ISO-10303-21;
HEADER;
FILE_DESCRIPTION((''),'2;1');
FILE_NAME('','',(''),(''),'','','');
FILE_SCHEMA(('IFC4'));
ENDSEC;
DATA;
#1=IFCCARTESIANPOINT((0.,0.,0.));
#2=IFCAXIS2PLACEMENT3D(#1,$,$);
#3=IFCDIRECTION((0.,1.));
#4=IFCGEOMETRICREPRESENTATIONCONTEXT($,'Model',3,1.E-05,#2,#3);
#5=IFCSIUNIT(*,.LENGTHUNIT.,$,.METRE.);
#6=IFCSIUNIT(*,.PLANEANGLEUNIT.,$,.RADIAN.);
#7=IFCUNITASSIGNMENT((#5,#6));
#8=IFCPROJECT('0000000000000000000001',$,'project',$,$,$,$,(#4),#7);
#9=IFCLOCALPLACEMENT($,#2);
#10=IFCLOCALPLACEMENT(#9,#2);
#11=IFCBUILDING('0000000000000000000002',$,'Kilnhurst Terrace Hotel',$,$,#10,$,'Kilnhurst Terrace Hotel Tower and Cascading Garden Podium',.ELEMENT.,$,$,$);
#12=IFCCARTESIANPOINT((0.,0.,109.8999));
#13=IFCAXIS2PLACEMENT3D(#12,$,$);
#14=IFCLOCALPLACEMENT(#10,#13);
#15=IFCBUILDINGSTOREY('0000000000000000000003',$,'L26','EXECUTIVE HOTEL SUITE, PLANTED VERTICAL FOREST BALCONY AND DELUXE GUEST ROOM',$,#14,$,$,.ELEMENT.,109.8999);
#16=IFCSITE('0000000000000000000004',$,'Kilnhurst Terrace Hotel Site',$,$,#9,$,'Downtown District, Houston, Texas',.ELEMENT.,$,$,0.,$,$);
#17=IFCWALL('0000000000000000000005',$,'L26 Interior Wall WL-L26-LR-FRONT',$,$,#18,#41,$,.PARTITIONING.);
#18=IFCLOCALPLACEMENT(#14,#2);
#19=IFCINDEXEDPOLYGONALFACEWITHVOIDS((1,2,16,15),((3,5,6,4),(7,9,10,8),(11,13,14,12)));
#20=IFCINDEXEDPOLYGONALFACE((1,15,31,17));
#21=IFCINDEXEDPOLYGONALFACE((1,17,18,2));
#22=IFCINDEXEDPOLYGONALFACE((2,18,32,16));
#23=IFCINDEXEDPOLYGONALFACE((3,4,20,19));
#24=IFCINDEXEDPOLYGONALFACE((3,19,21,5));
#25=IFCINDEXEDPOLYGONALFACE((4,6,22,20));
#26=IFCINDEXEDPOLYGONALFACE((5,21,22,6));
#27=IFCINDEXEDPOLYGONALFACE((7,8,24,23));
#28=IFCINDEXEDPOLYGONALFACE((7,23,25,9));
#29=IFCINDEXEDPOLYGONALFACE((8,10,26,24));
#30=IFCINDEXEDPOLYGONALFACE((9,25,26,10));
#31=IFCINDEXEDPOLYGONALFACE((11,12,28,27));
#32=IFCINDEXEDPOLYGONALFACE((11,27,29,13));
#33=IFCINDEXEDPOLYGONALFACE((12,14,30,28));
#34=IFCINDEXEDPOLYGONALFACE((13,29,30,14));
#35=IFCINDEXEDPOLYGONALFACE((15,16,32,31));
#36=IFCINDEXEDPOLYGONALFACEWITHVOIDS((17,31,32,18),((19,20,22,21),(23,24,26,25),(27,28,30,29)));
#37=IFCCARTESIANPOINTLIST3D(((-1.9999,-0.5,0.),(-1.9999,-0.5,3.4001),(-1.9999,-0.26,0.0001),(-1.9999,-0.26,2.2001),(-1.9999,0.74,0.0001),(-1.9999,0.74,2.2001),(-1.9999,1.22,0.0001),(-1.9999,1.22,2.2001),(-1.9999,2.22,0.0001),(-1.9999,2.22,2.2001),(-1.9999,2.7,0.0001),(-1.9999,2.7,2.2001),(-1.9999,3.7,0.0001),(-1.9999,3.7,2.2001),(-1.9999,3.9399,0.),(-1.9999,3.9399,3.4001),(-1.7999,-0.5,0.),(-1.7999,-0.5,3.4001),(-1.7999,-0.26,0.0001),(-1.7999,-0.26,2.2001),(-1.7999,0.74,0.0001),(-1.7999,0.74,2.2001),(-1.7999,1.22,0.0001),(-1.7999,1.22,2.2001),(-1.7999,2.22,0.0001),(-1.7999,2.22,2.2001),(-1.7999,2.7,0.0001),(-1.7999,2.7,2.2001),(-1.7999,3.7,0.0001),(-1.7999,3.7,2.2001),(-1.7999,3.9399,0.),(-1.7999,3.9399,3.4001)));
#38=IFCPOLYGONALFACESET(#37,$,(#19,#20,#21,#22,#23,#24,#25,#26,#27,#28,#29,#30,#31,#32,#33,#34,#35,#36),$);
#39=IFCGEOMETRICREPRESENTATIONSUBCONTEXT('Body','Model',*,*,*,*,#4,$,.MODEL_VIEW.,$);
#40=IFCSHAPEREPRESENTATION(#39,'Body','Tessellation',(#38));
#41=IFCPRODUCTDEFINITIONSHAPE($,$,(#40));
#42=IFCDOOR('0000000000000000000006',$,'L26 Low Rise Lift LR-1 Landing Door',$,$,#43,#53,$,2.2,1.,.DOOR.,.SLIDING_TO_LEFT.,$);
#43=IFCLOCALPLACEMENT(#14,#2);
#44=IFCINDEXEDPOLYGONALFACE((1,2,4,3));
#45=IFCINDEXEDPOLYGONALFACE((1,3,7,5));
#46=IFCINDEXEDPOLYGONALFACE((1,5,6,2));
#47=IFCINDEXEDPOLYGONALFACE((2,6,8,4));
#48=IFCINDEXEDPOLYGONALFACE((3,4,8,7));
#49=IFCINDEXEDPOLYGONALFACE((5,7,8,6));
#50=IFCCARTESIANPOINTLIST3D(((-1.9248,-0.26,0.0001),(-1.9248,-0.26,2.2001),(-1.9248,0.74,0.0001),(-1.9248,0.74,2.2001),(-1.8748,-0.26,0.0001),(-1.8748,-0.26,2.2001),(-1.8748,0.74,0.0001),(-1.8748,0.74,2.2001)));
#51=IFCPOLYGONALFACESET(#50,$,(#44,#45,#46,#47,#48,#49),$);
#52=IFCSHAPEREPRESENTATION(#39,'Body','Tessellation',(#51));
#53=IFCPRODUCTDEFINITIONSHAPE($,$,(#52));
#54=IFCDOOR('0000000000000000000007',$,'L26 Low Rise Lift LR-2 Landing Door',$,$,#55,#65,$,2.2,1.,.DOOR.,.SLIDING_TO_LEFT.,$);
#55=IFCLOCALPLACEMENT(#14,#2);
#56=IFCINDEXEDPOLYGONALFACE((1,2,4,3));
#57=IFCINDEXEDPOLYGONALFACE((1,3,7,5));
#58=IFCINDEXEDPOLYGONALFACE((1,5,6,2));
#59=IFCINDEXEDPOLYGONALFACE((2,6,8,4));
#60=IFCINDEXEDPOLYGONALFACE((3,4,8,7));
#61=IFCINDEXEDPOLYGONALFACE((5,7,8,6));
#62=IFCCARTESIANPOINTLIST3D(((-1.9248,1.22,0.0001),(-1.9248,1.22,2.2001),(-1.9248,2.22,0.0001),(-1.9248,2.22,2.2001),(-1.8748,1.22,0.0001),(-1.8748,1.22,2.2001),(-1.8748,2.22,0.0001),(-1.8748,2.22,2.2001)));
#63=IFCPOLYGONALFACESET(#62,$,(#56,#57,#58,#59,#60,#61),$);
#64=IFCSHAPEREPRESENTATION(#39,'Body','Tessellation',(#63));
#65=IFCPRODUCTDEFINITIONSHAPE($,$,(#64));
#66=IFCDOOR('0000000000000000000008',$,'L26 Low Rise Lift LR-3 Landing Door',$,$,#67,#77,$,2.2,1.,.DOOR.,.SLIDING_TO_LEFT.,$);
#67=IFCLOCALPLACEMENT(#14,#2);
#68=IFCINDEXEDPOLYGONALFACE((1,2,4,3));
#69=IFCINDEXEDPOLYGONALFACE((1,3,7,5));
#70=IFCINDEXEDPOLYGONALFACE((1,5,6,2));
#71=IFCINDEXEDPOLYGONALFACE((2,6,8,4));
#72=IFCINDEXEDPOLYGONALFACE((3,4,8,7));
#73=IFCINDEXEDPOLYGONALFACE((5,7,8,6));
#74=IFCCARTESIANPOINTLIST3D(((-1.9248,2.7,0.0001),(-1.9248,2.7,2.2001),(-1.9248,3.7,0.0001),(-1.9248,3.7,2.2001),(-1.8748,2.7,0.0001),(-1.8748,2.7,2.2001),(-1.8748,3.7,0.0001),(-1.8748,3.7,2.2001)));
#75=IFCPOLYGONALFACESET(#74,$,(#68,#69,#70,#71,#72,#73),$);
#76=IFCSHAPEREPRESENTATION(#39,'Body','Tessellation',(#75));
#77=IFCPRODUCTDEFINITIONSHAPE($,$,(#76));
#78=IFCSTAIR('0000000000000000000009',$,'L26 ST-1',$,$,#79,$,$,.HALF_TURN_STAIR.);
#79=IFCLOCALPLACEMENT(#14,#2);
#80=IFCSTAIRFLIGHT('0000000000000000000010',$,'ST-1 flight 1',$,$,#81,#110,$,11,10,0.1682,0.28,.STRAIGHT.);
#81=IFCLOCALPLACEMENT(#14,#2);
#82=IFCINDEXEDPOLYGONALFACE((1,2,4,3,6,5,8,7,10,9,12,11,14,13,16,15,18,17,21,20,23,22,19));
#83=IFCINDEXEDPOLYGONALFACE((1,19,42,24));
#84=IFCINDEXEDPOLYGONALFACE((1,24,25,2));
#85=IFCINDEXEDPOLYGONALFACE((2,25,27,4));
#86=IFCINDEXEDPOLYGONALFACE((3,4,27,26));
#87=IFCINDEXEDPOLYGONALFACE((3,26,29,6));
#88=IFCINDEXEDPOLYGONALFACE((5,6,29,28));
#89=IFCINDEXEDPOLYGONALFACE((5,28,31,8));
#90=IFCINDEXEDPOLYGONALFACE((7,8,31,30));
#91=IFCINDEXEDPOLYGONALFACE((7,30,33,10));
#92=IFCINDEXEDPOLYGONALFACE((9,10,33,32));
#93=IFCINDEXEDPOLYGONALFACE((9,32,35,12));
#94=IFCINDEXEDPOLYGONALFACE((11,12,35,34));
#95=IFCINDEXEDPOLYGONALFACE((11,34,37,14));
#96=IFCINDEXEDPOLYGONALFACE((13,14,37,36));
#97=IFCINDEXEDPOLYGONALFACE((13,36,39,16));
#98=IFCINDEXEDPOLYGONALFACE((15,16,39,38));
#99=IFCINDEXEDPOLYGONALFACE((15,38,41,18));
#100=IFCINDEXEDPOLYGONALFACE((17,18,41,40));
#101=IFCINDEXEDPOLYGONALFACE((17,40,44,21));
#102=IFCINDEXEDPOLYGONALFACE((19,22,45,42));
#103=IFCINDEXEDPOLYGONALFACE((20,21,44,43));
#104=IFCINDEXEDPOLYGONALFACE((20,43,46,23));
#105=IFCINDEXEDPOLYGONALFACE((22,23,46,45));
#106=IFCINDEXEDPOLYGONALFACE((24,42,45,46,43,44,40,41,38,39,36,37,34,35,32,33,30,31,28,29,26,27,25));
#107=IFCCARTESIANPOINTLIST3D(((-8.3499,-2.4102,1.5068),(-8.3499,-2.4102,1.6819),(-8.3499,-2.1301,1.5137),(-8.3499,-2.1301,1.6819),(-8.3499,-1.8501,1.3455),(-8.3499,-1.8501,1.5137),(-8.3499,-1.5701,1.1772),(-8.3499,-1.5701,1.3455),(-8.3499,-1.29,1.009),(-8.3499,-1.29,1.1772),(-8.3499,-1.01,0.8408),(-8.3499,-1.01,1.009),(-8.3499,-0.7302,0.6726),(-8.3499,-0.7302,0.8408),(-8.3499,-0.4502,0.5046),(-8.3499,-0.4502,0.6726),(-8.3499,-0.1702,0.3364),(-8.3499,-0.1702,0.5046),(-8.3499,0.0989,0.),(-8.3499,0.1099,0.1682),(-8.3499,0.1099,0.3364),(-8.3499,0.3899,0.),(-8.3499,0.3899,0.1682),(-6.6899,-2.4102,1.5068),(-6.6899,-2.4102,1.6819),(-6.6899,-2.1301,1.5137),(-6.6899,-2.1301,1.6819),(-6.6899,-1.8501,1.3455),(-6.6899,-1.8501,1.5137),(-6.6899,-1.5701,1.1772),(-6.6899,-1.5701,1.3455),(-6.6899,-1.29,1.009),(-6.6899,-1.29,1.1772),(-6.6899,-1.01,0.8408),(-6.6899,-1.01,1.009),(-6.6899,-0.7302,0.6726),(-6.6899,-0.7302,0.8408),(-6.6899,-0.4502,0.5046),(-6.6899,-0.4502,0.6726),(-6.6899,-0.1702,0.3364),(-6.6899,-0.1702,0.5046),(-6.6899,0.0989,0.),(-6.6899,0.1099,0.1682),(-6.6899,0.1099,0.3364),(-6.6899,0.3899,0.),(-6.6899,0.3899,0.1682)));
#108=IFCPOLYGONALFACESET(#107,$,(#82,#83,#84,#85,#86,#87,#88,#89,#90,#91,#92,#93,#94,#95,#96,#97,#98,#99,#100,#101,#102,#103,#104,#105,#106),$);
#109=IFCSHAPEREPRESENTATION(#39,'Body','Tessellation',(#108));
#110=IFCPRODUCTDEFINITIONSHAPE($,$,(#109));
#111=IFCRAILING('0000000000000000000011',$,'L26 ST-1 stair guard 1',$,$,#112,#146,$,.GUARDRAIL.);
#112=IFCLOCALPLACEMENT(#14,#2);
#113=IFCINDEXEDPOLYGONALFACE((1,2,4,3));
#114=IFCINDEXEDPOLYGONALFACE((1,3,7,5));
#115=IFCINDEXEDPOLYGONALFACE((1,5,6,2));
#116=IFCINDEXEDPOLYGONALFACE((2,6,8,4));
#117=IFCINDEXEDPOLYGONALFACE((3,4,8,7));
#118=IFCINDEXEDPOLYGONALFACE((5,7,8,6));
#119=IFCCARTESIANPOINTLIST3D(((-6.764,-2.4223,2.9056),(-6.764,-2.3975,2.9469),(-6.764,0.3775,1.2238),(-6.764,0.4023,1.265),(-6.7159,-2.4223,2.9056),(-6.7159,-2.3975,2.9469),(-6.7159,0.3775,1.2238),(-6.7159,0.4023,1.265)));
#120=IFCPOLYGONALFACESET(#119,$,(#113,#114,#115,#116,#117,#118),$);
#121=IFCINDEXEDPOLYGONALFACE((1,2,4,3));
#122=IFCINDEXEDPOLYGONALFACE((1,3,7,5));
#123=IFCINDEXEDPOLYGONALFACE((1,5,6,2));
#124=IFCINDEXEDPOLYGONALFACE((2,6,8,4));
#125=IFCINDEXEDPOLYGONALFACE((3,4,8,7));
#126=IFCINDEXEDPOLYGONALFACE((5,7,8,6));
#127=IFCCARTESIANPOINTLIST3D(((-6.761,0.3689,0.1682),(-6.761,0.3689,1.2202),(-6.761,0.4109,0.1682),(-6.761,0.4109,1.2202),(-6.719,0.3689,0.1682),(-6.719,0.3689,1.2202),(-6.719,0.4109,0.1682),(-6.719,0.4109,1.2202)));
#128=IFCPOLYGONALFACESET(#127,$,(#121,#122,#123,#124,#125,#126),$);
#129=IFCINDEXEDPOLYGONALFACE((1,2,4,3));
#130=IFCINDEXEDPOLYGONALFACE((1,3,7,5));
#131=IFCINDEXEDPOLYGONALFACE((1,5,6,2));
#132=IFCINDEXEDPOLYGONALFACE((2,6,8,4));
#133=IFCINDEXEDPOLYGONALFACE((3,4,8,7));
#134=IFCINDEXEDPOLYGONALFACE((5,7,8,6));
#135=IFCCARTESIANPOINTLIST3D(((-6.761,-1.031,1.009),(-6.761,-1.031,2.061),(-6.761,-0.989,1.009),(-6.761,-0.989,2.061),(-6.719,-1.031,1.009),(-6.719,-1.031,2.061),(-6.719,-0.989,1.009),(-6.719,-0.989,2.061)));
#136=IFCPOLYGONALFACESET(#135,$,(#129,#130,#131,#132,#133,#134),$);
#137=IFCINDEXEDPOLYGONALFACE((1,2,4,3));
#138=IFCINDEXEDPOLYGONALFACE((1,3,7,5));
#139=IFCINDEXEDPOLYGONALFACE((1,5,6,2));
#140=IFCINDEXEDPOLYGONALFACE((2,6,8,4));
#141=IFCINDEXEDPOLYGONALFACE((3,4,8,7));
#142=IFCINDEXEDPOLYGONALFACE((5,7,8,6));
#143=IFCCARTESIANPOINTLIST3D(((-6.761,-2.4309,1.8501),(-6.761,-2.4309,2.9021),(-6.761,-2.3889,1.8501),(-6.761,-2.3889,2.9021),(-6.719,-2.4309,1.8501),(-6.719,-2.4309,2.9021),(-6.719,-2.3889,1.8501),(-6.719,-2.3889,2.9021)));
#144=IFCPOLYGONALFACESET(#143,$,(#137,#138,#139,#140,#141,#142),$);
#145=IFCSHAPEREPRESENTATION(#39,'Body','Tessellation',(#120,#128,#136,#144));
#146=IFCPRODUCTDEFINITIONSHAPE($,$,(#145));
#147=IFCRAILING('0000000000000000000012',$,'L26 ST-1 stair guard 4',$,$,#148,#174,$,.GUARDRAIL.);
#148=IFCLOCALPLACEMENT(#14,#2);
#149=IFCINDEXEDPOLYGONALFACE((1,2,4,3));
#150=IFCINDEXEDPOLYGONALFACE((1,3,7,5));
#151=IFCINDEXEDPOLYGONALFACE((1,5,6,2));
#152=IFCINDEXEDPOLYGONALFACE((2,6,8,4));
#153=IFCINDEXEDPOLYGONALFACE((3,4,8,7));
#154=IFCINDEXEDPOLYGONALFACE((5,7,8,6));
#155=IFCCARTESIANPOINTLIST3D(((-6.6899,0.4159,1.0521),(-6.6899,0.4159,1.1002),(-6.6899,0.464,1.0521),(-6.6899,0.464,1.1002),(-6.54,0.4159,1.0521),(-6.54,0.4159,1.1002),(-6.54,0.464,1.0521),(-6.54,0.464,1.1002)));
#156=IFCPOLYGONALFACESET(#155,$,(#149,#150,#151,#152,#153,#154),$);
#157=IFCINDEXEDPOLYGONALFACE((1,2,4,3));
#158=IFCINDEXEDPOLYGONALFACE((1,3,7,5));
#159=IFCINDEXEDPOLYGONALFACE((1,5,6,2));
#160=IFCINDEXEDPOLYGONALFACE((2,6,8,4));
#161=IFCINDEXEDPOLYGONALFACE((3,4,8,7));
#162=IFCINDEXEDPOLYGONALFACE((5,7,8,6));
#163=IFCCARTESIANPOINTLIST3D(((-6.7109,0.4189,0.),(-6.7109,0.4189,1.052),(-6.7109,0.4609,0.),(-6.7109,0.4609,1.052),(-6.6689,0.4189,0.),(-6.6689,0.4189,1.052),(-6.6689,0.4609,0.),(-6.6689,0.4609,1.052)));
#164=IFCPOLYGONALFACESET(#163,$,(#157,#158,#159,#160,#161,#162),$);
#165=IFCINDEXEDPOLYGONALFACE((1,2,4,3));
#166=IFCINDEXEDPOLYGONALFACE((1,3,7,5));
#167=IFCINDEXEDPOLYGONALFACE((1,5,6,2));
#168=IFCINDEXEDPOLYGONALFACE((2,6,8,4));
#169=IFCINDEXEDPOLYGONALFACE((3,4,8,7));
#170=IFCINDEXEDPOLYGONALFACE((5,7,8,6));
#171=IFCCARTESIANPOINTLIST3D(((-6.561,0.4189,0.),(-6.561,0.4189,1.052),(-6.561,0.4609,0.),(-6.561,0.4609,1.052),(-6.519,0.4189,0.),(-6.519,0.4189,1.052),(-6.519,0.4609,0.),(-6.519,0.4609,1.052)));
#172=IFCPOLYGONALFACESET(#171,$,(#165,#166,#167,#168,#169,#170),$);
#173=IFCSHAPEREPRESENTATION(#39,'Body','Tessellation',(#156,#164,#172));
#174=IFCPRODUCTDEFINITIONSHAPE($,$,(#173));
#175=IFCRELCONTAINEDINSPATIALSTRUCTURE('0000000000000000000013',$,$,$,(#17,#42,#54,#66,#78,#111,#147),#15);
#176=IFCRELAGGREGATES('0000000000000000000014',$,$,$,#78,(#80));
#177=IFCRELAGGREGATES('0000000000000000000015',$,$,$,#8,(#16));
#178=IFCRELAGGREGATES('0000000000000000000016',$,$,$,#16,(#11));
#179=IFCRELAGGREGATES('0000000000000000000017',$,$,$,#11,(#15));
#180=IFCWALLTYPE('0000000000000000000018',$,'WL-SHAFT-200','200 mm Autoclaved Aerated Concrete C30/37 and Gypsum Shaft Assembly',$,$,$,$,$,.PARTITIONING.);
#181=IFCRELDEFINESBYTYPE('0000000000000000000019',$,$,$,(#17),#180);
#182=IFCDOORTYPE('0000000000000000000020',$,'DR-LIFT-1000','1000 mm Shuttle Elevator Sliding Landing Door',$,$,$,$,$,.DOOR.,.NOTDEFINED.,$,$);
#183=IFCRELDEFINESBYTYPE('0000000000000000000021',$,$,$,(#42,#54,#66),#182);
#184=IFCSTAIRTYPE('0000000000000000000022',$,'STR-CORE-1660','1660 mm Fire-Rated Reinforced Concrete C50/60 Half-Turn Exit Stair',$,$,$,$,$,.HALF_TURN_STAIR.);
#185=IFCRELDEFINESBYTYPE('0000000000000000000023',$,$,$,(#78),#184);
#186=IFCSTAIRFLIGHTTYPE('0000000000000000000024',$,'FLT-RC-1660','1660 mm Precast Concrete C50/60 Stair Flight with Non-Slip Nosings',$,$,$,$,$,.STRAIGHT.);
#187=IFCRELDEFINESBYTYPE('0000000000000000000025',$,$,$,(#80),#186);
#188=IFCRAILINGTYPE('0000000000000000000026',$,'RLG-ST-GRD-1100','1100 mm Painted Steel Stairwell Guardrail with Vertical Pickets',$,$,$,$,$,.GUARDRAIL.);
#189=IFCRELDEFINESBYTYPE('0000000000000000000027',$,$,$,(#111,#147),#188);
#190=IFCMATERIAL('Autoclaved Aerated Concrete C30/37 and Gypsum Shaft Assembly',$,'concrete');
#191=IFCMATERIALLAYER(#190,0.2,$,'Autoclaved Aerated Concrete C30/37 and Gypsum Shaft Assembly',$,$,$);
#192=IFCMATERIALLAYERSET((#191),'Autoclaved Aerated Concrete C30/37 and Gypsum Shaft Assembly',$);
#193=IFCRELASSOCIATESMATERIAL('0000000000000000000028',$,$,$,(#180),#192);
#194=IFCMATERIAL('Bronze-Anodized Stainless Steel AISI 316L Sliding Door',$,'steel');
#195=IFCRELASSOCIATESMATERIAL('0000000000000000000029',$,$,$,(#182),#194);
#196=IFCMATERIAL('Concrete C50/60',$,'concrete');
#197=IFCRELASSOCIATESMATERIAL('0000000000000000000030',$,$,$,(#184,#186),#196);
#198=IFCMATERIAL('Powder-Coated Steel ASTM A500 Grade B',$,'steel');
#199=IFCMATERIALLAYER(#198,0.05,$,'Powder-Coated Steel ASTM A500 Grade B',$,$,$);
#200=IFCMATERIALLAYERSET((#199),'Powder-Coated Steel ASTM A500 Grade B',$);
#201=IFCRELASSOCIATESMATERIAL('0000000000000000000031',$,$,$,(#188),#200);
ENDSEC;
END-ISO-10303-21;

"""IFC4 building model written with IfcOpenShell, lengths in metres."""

from ifc_helpers import new_model, si_unit, direction, frame, frame_2d, origin, origin_2d, place, context, subcontext, project, spatial, polyline, rectangle, outline, extrude, material, layer, layer_set, type_object, element, fill, aggregate, save


model = new_model("IFC4")

# Units and contexts
model_context = context("Model", 3, precision=1e-05, world=origin(), true_north=direction((0.0, 1.0)))
body_context = subcontext(model_context, "Body", "Model", "MODEL_VIEW")
ifc_project = project(units=[si_unit("LENGTHUNIT", "METRE"), si_unit("PLANEANGLEUNIT", "RADIAN")], contexts=[model_context])

# Site, building, storey
site_placement = place(None, origin())
site = spatial("IfcSite", under=ifc_project, at=site_placement, Name="Kilnhurst Terrace Hotel Site", LongName="Downtown District, Houston, Texas", CompositionType="ELEMENT", RefElevation=0.0)
building_placement = place(site_placement, origin())
building = spatial("IfcBuilding", under=site, at=building_placement, Name="Kilnhurst Terrace Hotel", LongName="Kilnhurst Terrace Hotel Tower and Cascading Garden Podium", CompositionType="ELEMENT")
storey_placement = place(building_placement, frame((0.0, 0.0, 109.8999)))
storey = spatial("IfcBuildingStorey", under=building, at=storey_placement, Name="L26", Description="EXECUTIVE HOTEL SUITE, PLANTED VERTICAL FOREST BALCONY AND DELUXE GUEST ROOM", CompositionType="ELEMENT", Elevation=109.8999)

# Shared definitions
ifc_material_1 = material(Name="Autoclaved Aerated Concrete C30/37 and Gypsum Shaft Assembly", Category="concrete")
ifc_layer_1 = layer(ifc_material_1, 0.2, Name="Autoclaved Aerated Concrete C30/37 and Gypsum Shaft Assembly")
ifc_layer_set_1 = layer_set([ifc_layer_1], Name="Autoclaved Aerated Concrete C30/37 and Gypsum Shaft Assembly")
wall_type_1 = type_object("IfcWallType", Name="WL-SHAFT-200", Description="200 mm Autoclaved Aerated Concrete C30/37 and Gypsum Shaft Assembly", PredefinedType="PARTITIONING", material=ifc_layer_set_1)

# Wall, openings, doors
wall_1_placement = place(storey_placement, frame((-1.8999, -0.5, 0.0), z_axis=(0.0, 0.0, 1.0), x_axis=(0.0, 1.0, 0.0)))
wall_1 = element("IfcWall", 1, at=wall_1_placement, inside=storey, type_object=wall_type_1, Name="L26 Interior Wall WL-L26-LR-FRONT", PredefinedType="PARTITIONING", context=body_context, shape_type="SweptSolid", body=[
    extrude(rectangle(XDim=4.4399, YDim=0.2, at=frame_2d((2.22, 0.0))), origin(), (0.0, 0.0, 1.0), 3.4001),
])
opening_1_placement = place(wall_1_placement, frame((0.24, 0.0, 0.0)))
opening_1 = element("IfcOpeningElement", 2, at=opening_1_placement, cuts=wall_1, PredefinedType="OPENING", context=body_context, shape_type="SweptSolid", body=[
    extrude(rectangle(XDim=1.0, YDim=2.2, at=frame_2d((0.5, 1.1001))), frame((0.0, 0.1099, 0.0), z_axis=(0.0, -1.0, 0.0), x_axis=(1.0, 0.0, 0.0)), (0.0, 0.0, 1.0), 0.22),
])
opening_2_placement = place(wall_1_placement, frame((1.72, 0.0, 0.0)))
opening_2 = element("IfcOpeningElement", 3, at=opening_2_placement, cuts=wall_1, PredefinedType="OPENING", context=body_context, shape_type="SweptSolid", body=[
    extrude(rectangle(XDim=1.0, YDim=2.2, at=frame_2d((0.5, 1.1001))), frame((0.0, 0.1099, 0.0), z_axis=(0.0, -1.0, 0.0), x_axis=(1.0, 0.0, 0.0)), (0.0, 0.0, 1.0), 0.22),
])
opening_3_placement = place(wall_1_placement, frame((3.2, 0.0, 0.0)))
opening_3 = element("IfcOpeningElement", 4, at=opening_3_placement, cuts=wall_1, PredefinedType="OPENING", context=body_context, shape_type="SweptSolid", body=[
    extrude(rectangle(XDim=1.0, YDim=2.2, at=frame_2d((0.5, 1.1001))), frame((0.0, 0.1099, 0.0), z_axis=(0.0, -1.0, 0.0), x_axis=(1.0, 0.0, 0.0)), (0.0, 0.0, 1.0), 0.22),
])
ifc_material_2 = material(Name="Bronze-Anodized Stainless Steel AISI 316L Sliding Door", Category="steel")
door_type_1 = type_object("IfcDoorType", Name="DR-LIFT-1000", Description="1000 mm Shuttle Elevator Sliding Landing Door", OperationType="NOTDEFINED", PredefinedType="DOOR", material=ifc_material_2)
door_1_placement = place(opening_1_placement, origin())
door_1 = element("IfcDoor", 5, at=door_1_placement, inside=storey, type_object=door_type_1, Name="L26 Low Rise Lift LR-1 Landing Door", OperationType="SLIDING_TO_LEFT", OverallHeight=2.2, OverallWidth=1.0, PredefinedType="DOOR", context=body_context, shape_type="SweptSolid", body=[
    extrude(rectangle(XDim=1.0, YDim=2.2, at=frame_2d((0.5, 1.1001))), frame((0.0, 0.0249, 0.0), z_axis=(0.0, -1.0, 0.0), x_axis=(1.0, 0.0, 0.0)), (0.0, 0.0, 1.0), 0.05),
])
fill(opening_1, door_1)
door_2_placement = place(opening_2_placement, origin())
door_2 = element("IfcDoor", 6, at=door_2_placement, inside=storey, type_object=door_type_1, Name="L26 Low Rise Lift LR-2 Landing Door", OperationType="SLIDING_TO_LEFT", OverallHeight=2.2, OverallWidth=1.0, PredefinedType="DOOR", context=body_context, shape_type="SweptSolid", body=[
    extrude(rectangle(XDim=1.0, YDim=2.2, at=frame_2d((0.5, 1.1001))), frame((0.0, 0.0249, 0.0), z_axis=(0.0, -1.0, 0.0), x_axis=(1.0, 0.0, 0.0)), (0.0, 0.0, 1.0), 0.05),
])
fill(opening_2, door_2)
door_3_placement = place(opening_3_placement, origin())
door_3 = element("IfcDoor", 7, at=door_3_placement, inside=storey, type_object=door_type_1, Name="L26 Low Rise Lift LR-3 Landing Door", OperationType="SLIDING_TO_LEFT", OverallHeight=2.2, OverallWidth=1.0, PredefinedType="DOOR", context=body_context, shape_type="SweptSolid", body=[
    extrude(rectangle(XDim=1.0, YDim=2.2, at=frame_2d((0.5, 1.1001))), frame((0.0, 0.0249, 0.0), z_axis=(0.0, -1.0, 0.0), x_axis=(1.0, 0.0, 0.0)), (0.0, 0.0, 1.0), 0.05),
])
fill(opening_3, door_3)

# Shared definitions
ifc_material_3 = material(Name="Concrete C50/60", Category="concrete")

# Stair, stair flight
stair_type = type_object("IfcStairType", Name="STR-CORE-1660", Description="1660 mm Fire-Rated Reinforced Concrete C50/60 Half-Turn Exit Stair", PredefinedType="HALF_TURN_STAIR", material=ifc_material_3)
stair_placement = place(storey_placement, origin())
stair = element("IfcStair", 8, at=stair_placement, inside=storey, type_object=stair_type, Name="L26 ST-1", PredefinedType="HALF_TURN_STAIR")
stair_flight_type = type_object("IfcStairFlightType", Name="FLT-RC-1660", Description="1660 mm Precast Concrete C50/60 Stair Flight with Non-Slip Nosings", PredefinedType="STRAIGHT", material=ifc_material_3)
stair_flight_placement = place(storey_placement, frame((-7.52, 0.3899, 0.0), z_axis=(0.0, 0.0, 1.0), x_axis=(0.0, -1.0, 0.0)))
stair_flight = element("IfcStairFlight", 9, at=stair_flight_placement, type_object=stair_flight_type, Name="ST-1 flight 1", NumberOfRisers=11, NumberOfTreads=10, PredefinedType="STRAIGHT", RiserHeight=0.1682, TreadLength=0.28, context=body_context, shape_type="SweptSolid", body=[
    extrude(outline(polyline([(0.0, 0.0), (0.0, 0.1682), (0.28, 0.1682), (0.28, 0.3364), (0.5601, 0.3364), (0.5601, 0.5046), (0.8401, 0.5046), (0.8401, 0.6726), (1.1201, 0.6726), (1.1201, 0.8408), (1.3999, 0.8408), (1.3999, 1.009), (1.6799, 1.009), (1.6799, 1.1772), (1.96, 1.1772), (1.96, 1.3455), (2.24, 1.3455), (2.24, 1.5137), (2.52, 1.5137), (2.52, 1.6819), (2.8, 1.6819), (2.8, 1.8501), (2.8, 1.5068), (0.291, 0.0), (0.0, 0.0)])), frame((0.0, 0.8301, 0.0), z_axis=(0.0, -1.0, 0.0), x_axis=(1.0, 0.0, 0.0)), (0.0, 0.0, 1.0), 1.6599),
])
aggregate(stair, [stair_flight])

# Railings
ifc_material_4 = material(Name="Powder-Coated Steel ASTM A500 Grade B", Category="steel")
ifc_layer_2 = layer(ifc_material_4, 0.05, Name="Powder-Coated Steel ASTM A500 Grade B")
ifc_layer_set_2 = layer_set([ifc_layer_2], Name="Powder-Coated Steel ASTM A500 Grade B")
railing_type_1 = type_object("IfcRailingType", Name="RLG-ST-GRD-1100", Description="1100 mm Painted Steel Stairwell Guardrail with Vertical Pickets", PredefinedType="GUARDRAIL", material=ifc_layer_set_2)
railing_1_placement = place(storey_placement, frame((-6.74, 0.3899, 0.1682)))
element("IfcRailing", 10, at=railing_1_placement, inside=storey, type_object=railing_type_1, Name="L26 ST-1 stair guard 1", PredefinedType="GUARDRAIL", context=body_context, shape_type="SweptSolid", body=[
    extrude(rectangle(XDim=0.0481, YDim=0.0481, at=origin_2d()), frame((0.0, 0.0, 1.0762), z_axis=(0.0, -0.857222, 0.514946), x_axis=(1.0, 0.0, 0.0)), (0.0, 0.0, 1.0), 3.2661),
    extrude(rectangle(XDim=0.042, YDim=0.042, at=origin_2d()), origin(), (0.0, 0.0, 1.0), 1.052),
    extrude(rectangle(XDim=0.042, YDim=0.042, at=origin_2d()), frame((0.0, -1.3999, 0.8408)), (0.0, 0.0, 1.0), 1.052),
    extrude(rectangle(XDim=0.042, YDim=0.042, at=origin_2d()), frame((0.0, -2.7998, 1.6819)), (0.0, 0.0, 1.0), 1.052),
])
railing_2_placement = place(storey_placement, frame((-6.6899, 0.4399, 0.0)))
element("IfcRailing", 11, at=railing_2_placement, inside=storey, type_object=railing_type_1, Name="L26 ST-1 stair guard 4", PredefinedType="GUARDRAIL", context=body_context, shape_type="SweptSolid", body=[
    extrude(rectangle(XDim=0.0481, YDim=0.0481, at=origin_2d()), frame((0.0, 0.0, 1.0762), z_axis=(1.0, 0.0, 0.0), x_axis=(0.0, 1.0, 0.0)), (0.0, 0.0, 1.0), 0.1499),
    extrude(rectangle(XDim=0.042, YDim=0.042, at=origin_2d()), origin(), (0.0, 0.0, 1.0), 1.052),
    extrude(rectangle(XDim=0.042, YDim=0.042, at=origin_2d()), frame((0.1499, 0.0, 0.0)), (0.0, 0.0, 1.0), 1.052),
])

save(model, "model.ifc")
